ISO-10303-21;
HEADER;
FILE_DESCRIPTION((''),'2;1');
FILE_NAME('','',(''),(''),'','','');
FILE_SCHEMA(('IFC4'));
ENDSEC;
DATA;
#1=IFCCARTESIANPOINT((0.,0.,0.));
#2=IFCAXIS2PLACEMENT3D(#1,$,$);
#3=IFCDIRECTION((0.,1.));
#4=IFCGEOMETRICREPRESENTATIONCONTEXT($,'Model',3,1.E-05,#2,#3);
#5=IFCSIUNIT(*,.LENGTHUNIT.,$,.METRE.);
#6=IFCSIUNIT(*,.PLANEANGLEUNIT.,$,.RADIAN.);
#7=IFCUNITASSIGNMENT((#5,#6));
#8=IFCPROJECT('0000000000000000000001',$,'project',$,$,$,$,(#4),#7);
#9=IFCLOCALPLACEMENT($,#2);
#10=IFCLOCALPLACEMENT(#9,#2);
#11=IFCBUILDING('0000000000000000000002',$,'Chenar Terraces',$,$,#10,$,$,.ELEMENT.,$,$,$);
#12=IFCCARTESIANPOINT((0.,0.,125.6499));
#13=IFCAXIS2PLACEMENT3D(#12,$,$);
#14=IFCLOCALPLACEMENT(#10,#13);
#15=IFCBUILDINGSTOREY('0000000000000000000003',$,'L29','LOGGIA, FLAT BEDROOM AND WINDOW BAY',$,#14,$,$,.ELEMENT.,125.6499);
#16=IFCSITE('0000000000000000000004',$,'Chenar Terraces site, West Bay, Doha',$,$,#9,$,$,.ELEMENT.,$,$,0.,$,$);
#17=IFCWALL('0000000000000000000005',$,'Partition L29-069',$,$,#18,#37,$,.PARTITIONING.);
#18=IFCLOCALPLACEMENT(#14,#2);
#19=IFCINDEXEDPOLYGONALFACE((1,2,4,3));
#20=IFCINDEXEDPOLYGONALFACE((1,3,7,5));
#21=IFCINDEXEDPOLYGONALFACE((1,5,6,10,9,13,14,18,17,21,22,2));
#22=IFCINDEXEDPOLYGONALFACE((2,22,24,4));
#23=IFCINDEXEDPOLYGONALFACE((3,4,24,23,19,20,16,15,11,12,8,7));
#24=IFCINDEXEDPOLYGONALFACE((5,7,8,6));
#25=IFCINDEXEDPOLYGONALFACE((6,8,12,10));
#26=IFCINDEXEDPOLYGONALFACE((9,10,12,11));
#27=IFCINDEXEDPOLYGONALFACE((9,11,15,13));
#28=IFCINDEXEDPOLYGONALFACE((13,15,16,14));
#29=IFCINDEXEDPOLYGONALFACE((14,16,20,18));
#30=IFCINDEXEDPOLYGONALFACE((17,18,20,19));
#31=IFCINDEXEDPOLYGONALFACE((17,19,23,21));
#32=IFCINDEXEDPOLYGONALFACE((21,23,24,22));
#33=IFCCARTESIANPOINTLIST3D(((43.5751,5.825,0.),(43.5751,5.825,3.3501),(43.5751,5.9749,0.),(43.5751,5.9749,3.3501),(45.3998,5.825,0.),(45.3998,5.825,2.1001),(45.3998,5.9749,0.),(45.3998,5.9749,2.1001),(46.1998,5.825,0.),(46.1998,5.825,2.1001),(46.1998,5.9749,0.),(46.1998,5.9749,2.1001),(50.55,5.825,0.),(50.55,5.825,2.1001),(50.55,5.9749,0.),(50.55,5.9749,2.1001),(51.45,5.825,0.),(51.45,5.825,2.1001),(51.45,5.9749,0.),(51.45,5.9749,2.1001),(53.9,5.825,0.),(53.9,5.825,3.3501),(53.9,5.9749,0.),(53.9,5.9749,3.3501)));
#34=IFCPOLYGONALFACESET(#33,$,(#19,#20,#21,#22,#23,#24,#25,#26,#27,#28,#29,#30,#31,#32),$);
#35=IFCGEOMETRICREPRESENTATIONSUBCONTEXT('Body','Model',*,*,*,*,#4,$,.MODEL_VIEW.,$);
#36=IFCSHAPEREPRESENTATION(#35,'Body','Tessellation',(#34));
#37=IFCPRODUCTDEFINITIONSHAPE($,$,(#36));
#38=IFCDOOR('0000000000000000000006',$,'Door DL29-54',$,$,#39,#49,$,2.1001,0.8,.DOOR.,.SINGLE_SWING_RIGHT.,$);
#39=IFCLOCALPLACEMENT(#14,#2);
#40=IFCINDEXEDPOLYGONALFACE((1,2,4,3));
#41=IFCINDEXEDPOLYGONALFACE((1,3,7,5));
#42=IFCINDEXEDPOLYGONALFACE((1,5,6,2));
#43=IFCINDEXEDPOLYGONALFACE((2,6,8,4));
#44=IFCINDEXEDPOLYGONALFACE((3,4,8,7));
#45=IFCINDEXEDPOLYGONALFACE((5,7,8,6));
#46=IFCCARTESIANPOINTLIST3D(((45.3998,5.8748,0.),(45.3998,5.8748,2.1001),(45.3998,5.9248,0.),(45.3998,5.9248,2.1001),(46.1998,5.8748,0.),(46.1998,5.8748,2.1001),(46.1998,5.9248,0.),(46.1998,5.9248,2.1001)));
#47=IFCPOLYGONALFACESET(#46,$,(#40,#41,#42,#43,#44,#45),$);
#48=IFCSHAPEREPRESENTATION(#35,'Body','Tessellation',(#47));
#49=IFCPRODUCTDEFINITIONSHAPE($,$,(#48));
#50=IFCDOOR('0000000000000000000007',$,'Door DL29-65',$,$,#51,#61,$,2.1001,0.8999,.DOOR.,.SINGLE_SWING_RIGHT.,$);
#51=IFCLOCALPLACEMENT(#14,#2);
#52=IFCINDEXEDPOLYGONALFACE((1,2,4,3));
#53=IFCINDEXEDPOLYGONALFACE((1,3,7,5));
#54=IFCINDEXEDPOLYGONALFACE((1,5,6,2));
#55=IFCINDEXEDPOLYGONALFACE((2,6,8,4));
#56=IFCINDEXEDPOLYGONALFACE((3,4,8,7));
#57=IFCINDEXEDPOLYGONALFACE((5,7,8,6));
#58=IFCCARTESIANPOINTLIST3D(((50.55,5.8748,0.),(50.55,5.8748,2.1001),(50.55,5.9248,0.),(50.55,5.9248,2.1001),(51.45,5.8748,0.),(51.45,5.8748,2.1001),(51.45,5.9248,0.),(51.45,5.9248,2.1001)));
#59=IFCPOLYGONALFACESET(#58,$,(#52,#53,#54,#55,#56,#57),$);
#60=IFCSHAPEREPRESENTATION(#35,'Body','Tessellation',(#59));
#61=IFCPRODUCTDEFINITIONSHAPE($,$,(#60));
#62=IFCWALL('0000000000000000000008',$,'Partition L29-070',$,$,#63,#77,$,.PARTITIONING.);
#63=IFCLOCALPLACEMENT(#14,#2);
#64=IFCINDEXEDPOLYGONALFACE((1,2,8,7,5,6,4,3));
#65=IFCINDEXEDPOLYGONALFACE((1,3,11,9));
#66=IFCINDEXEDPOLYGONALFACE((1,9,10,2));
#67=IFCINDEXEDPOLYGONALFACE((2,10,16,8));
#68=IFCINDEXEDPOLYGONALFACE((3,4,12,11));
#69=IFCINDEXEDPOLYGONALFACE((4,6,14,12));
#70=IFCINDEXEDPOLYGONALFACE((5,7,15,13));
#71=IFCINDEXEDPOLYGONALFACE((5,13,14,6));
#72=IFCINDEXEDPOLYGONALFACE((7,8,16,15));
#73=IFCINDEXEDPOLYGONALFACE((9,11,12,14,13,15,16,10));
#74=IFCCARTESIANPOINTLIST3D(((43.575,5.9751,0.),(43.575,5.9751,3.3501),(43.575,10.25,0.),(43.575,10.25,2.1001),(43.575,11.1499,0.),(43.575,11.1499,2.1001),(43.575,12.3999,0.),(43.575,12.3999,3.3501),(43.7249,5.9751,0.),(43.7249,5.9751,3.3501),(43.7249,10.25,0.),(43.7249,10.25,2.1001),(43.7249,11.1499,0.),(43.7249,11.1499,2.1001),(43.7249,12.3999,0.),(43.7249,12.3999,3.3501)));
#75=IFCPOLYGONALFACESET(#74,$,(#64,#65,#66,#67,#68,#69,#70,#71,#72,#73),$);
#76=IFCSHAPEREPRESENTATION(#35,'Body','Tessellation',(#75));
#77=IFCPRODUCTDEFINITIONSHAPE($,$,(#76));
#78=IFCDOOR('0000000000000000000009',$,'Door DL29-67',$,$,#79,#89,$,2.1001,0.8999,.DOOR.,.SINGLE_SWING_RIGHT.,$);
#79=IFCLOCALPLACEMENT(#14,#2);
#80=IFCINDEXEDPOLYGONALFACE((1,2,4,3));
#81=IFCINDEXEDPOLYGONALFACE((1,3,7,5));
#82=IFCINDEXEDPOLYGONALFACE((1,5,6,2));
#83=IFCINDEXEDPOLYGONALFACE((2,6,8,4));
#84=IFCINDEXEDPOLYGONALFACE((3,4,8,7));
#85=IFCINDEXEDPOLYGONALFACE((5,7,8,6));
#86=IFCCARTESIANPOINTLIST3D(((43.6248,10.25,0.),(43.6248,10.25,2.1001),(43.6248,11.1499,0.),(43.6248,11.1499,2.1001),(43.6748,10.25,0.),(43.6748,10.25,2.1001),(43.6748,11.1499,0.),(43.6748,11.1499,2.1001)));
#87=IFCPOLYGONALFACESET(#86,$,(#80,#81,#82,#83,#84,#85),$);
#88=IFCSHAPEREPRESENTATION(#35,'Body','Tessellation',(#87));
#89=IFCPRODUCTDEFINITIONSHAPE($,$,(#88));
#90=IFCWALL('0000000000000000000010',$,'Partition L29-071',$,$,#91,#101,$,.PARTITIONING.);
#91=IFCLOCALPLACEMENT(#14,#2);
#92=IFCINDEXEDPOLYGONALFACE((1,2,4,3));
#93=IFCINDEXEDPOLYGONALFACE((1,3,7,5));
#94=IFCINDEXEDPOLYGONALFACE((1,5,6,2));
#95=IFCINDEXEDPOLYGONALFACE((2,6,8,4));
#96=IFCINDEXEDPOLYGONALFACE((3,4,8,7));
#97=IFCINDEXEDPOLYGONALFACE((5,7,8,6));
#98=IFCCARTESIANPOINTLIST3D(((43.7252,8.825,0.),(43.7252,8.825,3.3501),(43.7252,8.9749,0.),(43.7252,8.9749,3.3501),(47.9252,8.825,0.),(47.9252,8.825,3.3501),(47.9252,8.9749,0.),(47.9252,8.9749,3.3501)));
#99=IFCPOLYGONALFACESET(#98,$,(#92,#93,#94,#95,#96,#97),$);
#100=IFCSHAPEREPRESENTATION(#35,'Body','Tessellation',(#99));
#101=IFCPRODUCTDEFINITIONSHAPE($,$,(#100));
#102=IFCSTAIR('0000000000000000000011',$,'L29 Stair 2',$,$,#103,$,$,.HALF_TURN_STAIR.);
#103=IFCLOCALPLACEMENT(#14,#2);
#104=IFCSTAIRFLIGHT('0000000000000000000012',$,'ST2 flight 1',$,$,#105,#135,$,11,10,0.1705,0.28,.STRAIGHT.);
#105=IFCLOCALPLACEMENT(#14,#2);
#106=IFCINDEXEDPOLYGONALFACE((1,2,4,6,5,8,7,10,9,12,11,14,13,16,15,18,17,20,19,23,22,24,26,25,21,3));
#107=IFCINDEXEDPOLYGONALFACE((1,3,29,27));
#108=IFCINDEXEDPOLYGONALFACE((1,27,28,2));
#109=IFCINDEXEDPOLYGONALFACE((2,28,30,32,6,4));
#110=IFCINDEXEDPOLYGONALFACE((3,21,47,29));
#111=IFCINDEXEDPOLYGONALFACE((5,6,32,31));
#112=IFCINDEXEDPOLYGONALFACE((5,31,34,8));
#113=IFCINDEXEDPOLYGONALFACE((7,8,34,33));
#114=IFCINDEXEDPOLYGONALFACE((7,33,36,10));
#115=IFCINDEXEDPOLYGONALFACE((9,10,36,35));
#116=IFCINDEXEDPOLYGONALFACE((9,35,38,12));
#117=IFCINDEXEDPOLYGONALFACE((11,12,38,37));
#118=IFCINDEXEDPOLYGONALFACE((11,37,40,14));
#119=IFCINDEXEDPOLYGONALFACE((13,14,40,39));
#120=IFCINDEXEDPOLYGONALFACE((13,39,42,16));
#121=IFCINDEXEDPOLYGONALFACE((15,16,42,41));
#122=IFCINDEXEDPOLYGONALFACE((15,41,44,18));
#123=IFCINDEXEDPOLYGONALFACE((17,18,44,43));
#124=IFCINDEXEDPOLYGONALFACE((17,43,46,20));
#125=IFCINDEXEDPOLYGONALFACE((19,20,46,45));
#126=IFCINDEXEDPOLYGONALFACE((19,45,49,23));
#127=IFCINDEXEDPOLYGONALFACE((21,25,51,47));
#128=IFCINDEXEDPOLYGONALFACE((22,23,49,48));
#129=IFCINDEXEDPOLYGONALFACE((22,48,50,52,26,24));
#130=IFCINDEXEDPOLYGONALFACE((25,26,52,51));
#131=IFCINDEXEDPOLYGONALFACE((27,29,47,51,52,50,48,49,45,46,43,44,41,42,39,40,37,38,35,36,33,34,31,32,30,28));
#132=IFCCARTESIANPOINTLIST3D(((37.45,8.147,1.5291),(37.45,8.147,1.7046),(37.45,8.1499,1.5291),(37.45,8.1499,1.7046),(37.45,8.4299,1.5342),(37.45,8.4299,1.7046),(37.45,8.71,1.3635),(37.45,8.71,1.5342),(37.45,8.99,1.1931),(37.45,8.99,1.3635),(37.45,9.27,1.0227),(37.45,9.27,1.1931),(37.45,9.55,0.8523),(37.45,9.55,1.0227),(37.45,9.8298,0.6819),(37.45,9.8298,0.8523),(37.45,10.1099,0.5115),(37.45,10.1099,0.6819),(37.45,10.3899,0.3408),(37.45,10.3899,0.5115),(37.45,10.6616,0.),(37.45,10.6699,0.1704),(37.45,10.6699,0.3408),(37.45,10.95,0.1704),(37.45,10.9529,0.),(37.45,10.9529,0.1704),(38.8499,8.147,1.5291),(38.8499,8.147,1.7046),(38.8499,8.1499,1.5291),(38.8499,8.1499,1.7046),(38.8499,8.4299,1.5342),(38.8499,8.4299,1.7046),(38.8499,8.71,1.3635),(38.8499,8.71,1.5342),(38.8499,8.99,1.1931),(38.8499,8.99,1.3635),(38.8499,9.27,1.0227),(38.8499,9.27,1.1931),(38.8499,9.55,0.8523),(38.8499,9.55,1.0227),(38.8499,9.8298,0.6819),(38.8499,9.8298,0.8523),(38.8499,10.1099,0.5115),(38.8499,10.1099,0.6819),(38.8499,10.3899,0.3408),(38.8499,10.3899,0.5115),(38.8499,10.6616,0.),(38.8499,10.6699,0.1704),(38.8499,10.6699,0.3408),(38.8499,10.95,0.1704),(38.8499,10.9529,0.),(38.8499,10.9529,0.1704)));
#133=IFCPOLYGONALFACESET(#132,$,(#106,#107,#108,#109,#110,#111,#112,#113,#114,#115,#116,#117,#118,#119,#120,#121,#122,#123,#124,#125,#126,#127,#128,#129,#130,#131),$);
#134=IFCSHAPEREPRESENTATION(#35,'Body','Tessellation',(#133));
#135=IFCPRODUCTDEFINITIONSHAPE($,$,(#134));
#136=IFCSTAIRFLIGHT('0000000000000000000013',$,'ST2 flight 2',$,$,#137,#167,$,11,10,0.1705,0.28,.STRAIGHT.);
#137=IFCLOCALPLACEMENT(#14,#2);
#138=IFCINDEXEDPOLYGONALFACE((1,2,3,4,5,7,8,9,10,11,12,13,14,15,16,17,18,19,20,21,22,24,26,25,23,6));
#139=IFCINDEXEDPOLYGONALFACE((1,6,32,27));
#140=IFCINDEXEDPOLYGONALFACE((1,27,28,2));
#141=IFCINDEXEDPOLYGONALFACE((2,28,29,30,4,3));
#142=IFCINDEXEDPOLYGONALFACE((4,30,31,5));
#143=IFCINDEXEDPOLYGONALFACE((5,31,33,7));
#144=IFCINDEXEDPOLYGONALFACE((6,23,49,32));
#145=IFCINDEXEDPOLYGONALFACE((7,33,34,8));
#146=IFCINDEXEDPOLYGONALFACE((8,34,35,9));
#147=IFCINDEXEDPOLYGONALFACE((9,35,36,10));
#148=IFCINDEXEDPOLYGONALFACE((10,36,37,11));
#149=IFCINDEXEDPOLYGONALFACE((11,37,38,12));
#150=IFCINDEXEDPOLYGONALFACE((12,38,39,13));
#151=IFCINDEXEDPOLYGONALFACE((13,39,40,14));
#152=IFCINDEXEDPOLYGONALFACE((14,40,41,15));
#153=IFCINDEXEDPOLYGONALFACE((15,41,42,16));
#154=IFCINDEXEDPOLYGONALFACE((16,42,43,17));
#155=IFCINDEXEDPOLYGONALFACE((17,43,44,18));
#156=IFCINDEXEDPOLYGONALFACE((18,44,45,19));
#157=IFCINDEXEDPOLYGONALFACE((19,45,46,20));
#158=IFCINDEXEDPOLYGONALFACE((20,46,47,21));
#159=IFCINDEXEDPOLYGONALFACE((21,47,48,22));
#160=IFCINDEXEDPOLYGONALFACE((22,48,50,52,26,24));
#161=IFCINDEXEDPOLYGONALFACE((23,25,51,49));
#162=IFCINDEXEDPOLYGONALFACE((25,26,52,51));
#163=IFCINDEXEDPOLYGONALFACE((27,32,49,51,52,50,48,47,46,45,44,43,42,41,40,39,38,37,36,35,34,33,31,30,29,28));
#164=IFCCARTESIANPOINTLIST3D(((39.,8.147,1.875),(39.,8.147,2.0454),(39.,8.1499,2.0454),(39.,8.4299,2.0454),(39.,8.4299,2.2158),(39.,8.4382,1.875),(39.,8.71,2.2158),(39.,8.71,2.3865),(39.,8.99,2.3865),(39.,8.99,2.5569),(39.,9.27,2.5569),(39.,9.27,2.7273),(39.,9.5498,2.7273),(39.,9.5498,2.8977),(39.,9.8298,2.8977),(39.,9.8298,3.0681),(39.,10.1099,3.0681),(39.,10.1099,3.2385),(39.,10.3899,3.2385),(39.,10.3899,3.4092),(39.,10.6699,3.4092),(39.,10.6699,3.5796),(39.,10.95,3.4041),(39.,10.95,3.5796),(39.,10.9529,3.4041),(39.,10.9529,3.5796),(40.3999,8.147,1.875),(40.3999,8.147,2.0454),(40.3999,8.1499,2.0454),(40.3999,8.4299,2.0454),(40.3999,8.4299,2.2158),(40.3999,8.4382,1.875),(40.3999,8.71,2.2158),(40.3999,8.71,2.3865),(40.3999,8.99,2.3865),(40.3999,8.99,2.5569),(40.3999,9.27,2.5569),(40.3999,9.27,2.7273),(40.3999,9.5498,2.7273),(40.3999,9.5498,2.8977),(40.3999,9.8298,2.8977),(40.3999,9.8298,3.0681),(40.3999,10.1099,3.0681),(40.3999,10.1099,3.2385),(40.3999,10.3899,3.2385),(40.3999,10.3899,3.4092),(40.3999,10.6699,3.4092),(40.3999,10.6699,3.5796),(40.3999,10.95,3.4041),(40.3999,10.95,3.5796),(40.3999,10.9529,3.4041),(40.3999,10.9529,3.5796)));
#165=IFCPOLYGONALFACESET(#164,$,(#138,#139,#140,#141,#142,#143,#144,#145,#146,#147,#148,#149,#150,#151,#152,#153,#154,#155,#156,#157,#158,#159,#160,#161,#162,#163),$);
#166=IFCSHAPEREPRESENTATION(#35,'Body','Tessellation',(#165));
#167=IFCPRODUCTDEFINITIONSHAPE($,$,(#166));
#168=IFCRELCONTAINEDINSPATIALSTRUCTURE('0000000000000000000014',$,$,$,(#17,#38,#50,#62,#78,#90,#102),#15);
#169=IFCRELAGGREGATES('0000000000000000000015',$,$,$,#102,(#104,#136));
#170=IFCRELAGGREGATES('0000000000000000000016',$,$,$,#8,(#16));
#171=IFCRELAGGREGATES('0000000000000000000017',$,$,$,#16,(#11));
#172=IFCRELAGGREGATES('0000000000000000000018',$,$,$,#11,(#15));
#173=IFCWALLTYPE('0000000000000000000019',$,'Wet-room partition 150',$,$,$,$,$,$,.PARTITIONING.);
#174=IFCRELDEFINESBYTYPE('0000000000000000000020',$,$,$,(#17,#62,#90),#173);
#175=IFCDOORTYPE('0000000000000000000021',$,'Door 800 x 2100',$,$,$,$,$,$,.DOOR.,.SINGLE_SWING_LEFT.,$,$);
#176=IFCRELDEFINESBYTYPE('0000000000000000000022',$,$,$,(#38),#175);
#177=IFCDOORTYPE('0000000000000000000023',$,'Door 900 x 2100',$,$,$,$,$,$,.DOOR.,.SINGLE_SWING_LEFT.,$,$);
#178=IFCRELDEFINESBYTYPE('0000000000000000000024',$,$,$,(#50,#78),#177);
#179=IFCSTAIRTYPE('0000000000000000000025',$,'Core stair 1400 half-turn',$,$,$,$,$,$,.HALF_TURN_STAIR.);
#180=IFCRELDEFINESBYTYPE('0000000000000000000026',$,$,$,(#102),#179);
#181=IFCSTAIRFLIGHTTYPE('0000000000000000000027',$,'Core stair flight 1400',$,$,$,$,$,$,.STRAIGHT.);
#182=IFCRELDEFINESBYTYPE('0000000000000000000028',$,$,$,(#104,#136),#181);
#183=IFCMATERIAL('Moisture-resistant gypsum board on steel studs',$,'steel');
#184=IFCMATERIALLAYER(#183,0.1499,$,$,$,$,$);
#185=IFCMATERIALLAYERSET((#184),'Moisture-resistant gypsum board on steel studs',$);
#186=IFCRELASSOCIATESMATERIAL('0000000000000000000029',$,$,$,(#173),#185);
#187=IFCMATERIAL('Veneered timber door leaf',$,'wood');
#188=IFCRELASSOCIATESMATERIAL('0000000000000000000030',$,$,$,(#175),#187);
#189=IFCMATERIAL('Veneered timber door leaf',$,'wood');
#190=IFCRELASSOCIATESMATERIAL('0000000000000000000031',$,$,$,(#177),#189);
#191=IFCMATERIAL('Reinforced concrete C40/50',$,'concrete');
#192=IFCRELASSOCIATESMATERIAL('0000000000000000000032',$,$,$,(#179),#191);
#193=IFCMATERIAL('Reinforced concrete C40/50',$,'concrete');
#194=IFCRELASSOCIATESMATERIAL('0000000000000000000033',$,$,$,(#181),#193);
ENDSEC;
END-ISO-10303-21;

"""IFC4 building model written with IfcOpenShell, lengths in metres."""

from ifc_helpers import new_model, si_unit, direction, frame, frame_2d, origin, place, context, subcontext, project, spatial, polyline, rectangle, outline, extrude, material, layer, layer_set, type_object, element, fill, aggregate, save


model = new_model("IFC4")

# Units and contexts
model_context = context("Model", 3, precision=1e-05, world=origin(), true_north=direction((0.0, 1.0)))
body_context = subcontext(model_context, "Body", "Model", "MODEL_VIEW")
ifc_project = project(units=[si_unit("LENGTHUNIT", "METRE"), si_unit("PLANEANGLEUNIT", "RADIAN")], contexts=[model_context])

# Site, building, storey
site_placement = place(None, origin())
site = spatial("IfcSite", under=ifc_project, at=site_placement, Name="Chenar Terraces site, West Bay, Doha", CompositionType="ELEMENT", RefElevation=0.0)
building_placement = place(site_placement, origin())
building = spatial("IfcBuilding", under=site, at=building_placement, Name="Chenar Terraces", CompositionType="ELEMENT")
storey_placement = place(building_placement, frame((0.0, 0.0, 125.6499)))
storey = spatial("IfcBuildingStorey", under=building, at=storey_placement, Name="L29", Description="LOGGIA, FLAT BEDROOM AND WINDOW BAY", CompositionType="ELEMENT", Elevation=125.6499)

# Wall, openings, doors
ifc_material_1 = material(Name="Moisture-resistant gypsum board on steel studs", Category="steel")
ifc_layer_1 = layer(ifc_material_1, 0.1499)
ifc_layer_set_1 = layer_set([ifc_layer_1], Name="Moisture-resistant gypsum board on steel studs")
wall_type_1 = type_object("IfcWallType", Name="Wet-room partition 150", PredefinedType="PARTITIONING", material=ifc_layer_set_1)
wall_1_placement = place(storey_placement, frame((43.575, 5.8999, 0.0), z_axis=(0.0, 0.0, 1.0), x_axis=(1.0, 0.0, 0.0)))
wall_1 = element("IfcWall", 1, at=wall_1_placement, inside=storey, type_object=wall_type_1, Name="Partition L29-069", PredefinedType="PARTITIONING", context=body_context, shape_type="SweptSolid", body=[
    extrude(rectangle(XDim=10.325, YDim=0.1499, at=frame_2d((5.1626, 0.0))), origin(), (0.0, 0.0, 1.0), 3.3501),
])
opening_1_placement = place(wall_1_placement, frame((1.825, 0.0, 0.0)))
opening_1 = element("IfcOpeningElement", 2, at=opening_1_placement, cuts=wall_1, PredefinedType="OPENING", context=body_context, shape_type="SweptSolid", body=[
    extrude(rectangle(XDim=0.8, YDim=2.1001, at=frame_2d((0.3999, 1.05))), frame((0.0, 0.085, 0.0), z_axis=(0.0, -1.0, 0.0), x_axis=(1.0, 0.0, 0.0)), (0.0, 0.0, 1.0), 0.1699),
])
opening_2_placement = place(wall_1_placement, frame((6.9751, 0.0, 0.0)))
opening_2 = element("IfcOpeningElement", 3, at=opening_2_placement, cuts=wall_1, PredefinedType="OPENING", context=body_context, shape_type="SweptSolid", body=[
    extrude(rectangle(XDim=0.8999, YDim=2.1001, at=frame_2d((0.45, 1.05))), frame((0.0, 0.085, 0.0), z_axis=(0.0, -1.0, 0.0), x_axis=(1.0, 0.0, 0.0)), (0.0, 0.0, 1.0), 0.1699),
])
ifc_material_2 = material(Name="Veneered timber door leaf", Category="wood")
door_type_1 = type_object("IfcDoorType", Name="Door 800 x 2100", OperationType="SINGLE_SWING_LEFT", PredefinedType="DOOR", material=ifc_material_2)
door_1_placement = place(opening_1_placement, origin())
door_1 = element("IfcDoor", 4, at=door_1_placement, inside=storey, type_object=door_type_1, Name="Door DL29-54", OperationType="SINGLE_SWING_RIGHT", OverallHeight=2.1001, OverallWidth=0.8, PredefinedType="DOOR", context=body_context, shape_type="SweptSolid", body=[
    extrude(rectangle(XDim=0.8, YDim=2.1001, at=frame_2d((0.3999, 1.05))), frame((0.0, 0.0249, 0.0), z_axis=(0.0, -1.0, 0.0), x_axis=(1.0, 0.0, 0.0)), (0.0, 0.0, 1.0), 0.05),
])
fill(opening_1, door_1)
ifc_material_3 = material(Name="Veneered timber door leaf", Category="wood")
door_type_2 = type_object("IfcDoorType", Name="Door 900 x 2100", OperationType="SINGLE_SWING_LEFT", PredefinedType="DOOR", material=ifc_material_3)
door_2_placement = place(opening_2_placement, origin())
door_2 = element("IfcDoor", 5, at=door_2_placement, inside=storey, type_object=door_type_2, Name="Door DL29-65", OperationType="SINGLE_SWING_RIGHT", OverallHeight=2.1001, OverallWidth=0.8999, PredefinedType="DOOR", context=body_context, shape_type="SweptSolid", body=[
    extrude(rectangle(XDim=0.8999, YDim=2.1001, at=frame_2d((0.45, 1.05))), frame((0.0, 0.0249, 0.0), z_axis=(0.0, -1.0, 0.0), x_axis=(1.0, 0.0, 0.0)), (0.0, 0.0, 1.0), 0.05),
])
fill(opening_2, door_2)

# Wall, opening, door
wall_2_placement = place(storey_placement, frame((43.6499, 5.9751, 0.0), z_axis=(0.0, 0.0, 1.0), x_axis=(0.0, 1.0, 0.0)))
wall_2 = element("IfcWall", 6, at=wall_2_placement, inside=storey, type_object=wall_type_1, Name="Partition L29-070", PredefinedType="PARTITIONING", context=body_context, shape_type="SweptSolid", body=[
    extrude(rectangle(XDim=6.4248, YDim=0.1499, at=frame_2d((3.2124, 0.0))), origin(), (0.0, 0.0, 1.0), 3.3501),
])
opening_3_placement = place(wall_2_placement, frame((4.2749, 0.0, 0.0)))
opening_3 = element("IfcOpeningElement", 7, at=opening_3_placement, cuts=wall_2, PredefinedType="OPENING", context=body_context, shape_type="SweptSolid", body=[
    extrude(rectangle(XDim=0.8999, YDim=2.1001, at=frame_2d((0.45, 1.05))), frame((0.0, 0.085, 0.0), z_axis=(0.0, -1.0, 0.0), x_axis=(1.0, 0.0, 0.0)), (0.0, 0.0, 1.0), 0.1699),
])
door_3_placement = place(opening_3_placement, frame((0.8999, 0.0, 0.0), z_axis=(0.0, 0.0, 1.0), x_axis=(-1.0, 0.0, 0.0)))
door_3 = element("IfcDoor", 8, at=door_3_placement, inside=storey, type_object=door_type_2, Name="Door DL29-67", OperationType="SINGLE_SWING_RIGHT", OverallHeight=2.1001, OverallWidth=0.8999, PredefinedType="DOOR", context=body_context, shape_type="SweptSolid", body=[
    extrude(rectangle(XDim=0.8999, YDim=2.1001, at=frame_2d((0.45, 1.05))), frame((0.0, 0.0249, 0.0), z_axis=(0.0, -1.0, 0.0), x_axis=(1.0, 0.0, 0.0)), (0.0, 0.0, 1.0), 0.05),
])
fill(opening_3, door_3)

# Wall
wall_3_placement = place(storey_placement, frame((43.7251, 8.8999, 0.0), z_axis=(0.0, 0.0, 1.0), x_axis=(1.0, 0.0, 0.0)))
element("IfcWall", 9, at=wall_3_placement, inside=storey, type_object=wall_type_1, Name="Partition L29-071", PredefinedType="PARTITIONING", context=body_context, shape_type="SweptSolid", body=[
    extrude(rectangle(XDim=4.2, YDim=0.1499, at=frame_2d((2.1001, 0.0))), origin(), (0.0, 0.0, 1.0), 3.3501),
])

# Stair, stair flights
ifc_material_4 = material(Name="Reinforced concrete C40/50", Category="concrete")
stair_type = type_object("IfcStairType", Name="Core stair 1400 half-turn", PredefinedType="HALF_TURN_STAIR", material=ifc_material_4)
stair_placement = place(storey_placement, origin())
stair = element("IfcStair", 10, at=stair_placement, inside=storey, type_object=stair_type, Name="L29 Stair 2", PredefinedType="HALF_TURN_STAIR")
ifc_material_5 = material(Name="Reinforced concrete C40/50", Category="concrete")
stair_flight_type = type_object("IfcStairFlightType", Name="Core stair flight 1400", PredefinedType="STRAIGHT", material=ifc_material_5)
stair_flight_1_placement = place(storey_placement, frame((38.1499, 10.95, 0.0), z_axis=(0.0, 0.0, 1.0), x_axis=(0.0, -1.0, 0.0)))
stair_flight_1 = element("IfcStairFlight", 11, at=stair_flight_1_placement, type_object=stair_flight_type, Name="ST2 flight 1", NumberOfRisers=11, NumberOfTreads=10, PredefinedType="STRAIGHT", RiserHeight=0.1705, TreadLength=0.28, context=body_context, shape_type="SweptSolid", body=[
    extrude(outline(polyline([(-0.0029, 0.0), (-0.0029, 0.1704), (0.0, 0.1704), (0.28, 0.1704), (0.28, 0.3408), (0.5601, 0.3408), (0.5601, 0.5115), (0.8401, 0.5115), (0.8401, 0.6819), (1.1201, 0.6819), (1.1201, 0.8523), (1.3999, 0.8523), (1.3999, 1.0227), (1.6799, 1.0227), (1.6799, 1.1931), (1.96, 1.1931), (1.96, 1.3635), (2.24, 1.3635), (2.24, 1.5342), (2.52, 1.5342), (2.52, 1.7046), (2.8, 1.7046), (2.803, 1.7046), (2.803, 1.5291), (2.8, 1.5291), (0.2883, 0.0), (-0.0029, 0.0)])), frame((0.0, 0.7, 0.0), z_axis=(0.0, -1.0, 0.0), x_axis=(1.0, 0.0, 0.0)), (0.0, 0.0, 1.0), 1.3999),
])
stair_flight_2_placement = place(storey_placement, frame((39.7, 8.1499, 1.875), z_axis=(0.0, 0.0, 1.0), x_axis=(0.0, 1.0, 0.0)))
stair_flight_2 = element("IfcStairFlight", 12, at=stair_flight_2_placement, type_object=stair_flight_type, Name="ST2 flight 2", NumberOfRisers=11, NumberOfTreads=10, PredefinedType="STRAIGHT", RiserHeight=0.1705, TreadLength=0.28, context=body_context, shape_type="SweptSolid", body=[
    extrude(outline(polyline([(-0.0029, 0.0), (-0.0029, 0.1704), (0.0, 0.1704), (0.28, 0.1704), (0.28, 0.3408), (0.5601, 0.3408), (0.5601, 0.5115), (0.8401, 0.5115), (0.8401, 0.6819), (1.1201, 0.6819), (1.1201, 0.8523), (1.3999, 0.8523), (1.3999, 1.0227), (1.6799, 1.0227), (1.6799, 1.1931), (1.96, 1.1931), (1.96, 1.3635), (2.24, 1.3635), (2.24, 1.5342), (2.52, 1.5342), (2.52, 1.7046), (2.8, 1.7046), (2.803, 1.7046), (2.803, 1.5291), (2.8, 1.5291), (0.2883, 0.0), (-0.0029, 0.0)])), frame((0.0, 0.7, 0.0), z_axis=(0.0, -1.0, 0.0), x_axis=(1.0, 0.0, 0.0)), (0.0, 0.0, 1.0), 1.3999),
])
aggregate(stair, [stair_flight_1, stair_flight_2])

save(model, "model.ifc")
